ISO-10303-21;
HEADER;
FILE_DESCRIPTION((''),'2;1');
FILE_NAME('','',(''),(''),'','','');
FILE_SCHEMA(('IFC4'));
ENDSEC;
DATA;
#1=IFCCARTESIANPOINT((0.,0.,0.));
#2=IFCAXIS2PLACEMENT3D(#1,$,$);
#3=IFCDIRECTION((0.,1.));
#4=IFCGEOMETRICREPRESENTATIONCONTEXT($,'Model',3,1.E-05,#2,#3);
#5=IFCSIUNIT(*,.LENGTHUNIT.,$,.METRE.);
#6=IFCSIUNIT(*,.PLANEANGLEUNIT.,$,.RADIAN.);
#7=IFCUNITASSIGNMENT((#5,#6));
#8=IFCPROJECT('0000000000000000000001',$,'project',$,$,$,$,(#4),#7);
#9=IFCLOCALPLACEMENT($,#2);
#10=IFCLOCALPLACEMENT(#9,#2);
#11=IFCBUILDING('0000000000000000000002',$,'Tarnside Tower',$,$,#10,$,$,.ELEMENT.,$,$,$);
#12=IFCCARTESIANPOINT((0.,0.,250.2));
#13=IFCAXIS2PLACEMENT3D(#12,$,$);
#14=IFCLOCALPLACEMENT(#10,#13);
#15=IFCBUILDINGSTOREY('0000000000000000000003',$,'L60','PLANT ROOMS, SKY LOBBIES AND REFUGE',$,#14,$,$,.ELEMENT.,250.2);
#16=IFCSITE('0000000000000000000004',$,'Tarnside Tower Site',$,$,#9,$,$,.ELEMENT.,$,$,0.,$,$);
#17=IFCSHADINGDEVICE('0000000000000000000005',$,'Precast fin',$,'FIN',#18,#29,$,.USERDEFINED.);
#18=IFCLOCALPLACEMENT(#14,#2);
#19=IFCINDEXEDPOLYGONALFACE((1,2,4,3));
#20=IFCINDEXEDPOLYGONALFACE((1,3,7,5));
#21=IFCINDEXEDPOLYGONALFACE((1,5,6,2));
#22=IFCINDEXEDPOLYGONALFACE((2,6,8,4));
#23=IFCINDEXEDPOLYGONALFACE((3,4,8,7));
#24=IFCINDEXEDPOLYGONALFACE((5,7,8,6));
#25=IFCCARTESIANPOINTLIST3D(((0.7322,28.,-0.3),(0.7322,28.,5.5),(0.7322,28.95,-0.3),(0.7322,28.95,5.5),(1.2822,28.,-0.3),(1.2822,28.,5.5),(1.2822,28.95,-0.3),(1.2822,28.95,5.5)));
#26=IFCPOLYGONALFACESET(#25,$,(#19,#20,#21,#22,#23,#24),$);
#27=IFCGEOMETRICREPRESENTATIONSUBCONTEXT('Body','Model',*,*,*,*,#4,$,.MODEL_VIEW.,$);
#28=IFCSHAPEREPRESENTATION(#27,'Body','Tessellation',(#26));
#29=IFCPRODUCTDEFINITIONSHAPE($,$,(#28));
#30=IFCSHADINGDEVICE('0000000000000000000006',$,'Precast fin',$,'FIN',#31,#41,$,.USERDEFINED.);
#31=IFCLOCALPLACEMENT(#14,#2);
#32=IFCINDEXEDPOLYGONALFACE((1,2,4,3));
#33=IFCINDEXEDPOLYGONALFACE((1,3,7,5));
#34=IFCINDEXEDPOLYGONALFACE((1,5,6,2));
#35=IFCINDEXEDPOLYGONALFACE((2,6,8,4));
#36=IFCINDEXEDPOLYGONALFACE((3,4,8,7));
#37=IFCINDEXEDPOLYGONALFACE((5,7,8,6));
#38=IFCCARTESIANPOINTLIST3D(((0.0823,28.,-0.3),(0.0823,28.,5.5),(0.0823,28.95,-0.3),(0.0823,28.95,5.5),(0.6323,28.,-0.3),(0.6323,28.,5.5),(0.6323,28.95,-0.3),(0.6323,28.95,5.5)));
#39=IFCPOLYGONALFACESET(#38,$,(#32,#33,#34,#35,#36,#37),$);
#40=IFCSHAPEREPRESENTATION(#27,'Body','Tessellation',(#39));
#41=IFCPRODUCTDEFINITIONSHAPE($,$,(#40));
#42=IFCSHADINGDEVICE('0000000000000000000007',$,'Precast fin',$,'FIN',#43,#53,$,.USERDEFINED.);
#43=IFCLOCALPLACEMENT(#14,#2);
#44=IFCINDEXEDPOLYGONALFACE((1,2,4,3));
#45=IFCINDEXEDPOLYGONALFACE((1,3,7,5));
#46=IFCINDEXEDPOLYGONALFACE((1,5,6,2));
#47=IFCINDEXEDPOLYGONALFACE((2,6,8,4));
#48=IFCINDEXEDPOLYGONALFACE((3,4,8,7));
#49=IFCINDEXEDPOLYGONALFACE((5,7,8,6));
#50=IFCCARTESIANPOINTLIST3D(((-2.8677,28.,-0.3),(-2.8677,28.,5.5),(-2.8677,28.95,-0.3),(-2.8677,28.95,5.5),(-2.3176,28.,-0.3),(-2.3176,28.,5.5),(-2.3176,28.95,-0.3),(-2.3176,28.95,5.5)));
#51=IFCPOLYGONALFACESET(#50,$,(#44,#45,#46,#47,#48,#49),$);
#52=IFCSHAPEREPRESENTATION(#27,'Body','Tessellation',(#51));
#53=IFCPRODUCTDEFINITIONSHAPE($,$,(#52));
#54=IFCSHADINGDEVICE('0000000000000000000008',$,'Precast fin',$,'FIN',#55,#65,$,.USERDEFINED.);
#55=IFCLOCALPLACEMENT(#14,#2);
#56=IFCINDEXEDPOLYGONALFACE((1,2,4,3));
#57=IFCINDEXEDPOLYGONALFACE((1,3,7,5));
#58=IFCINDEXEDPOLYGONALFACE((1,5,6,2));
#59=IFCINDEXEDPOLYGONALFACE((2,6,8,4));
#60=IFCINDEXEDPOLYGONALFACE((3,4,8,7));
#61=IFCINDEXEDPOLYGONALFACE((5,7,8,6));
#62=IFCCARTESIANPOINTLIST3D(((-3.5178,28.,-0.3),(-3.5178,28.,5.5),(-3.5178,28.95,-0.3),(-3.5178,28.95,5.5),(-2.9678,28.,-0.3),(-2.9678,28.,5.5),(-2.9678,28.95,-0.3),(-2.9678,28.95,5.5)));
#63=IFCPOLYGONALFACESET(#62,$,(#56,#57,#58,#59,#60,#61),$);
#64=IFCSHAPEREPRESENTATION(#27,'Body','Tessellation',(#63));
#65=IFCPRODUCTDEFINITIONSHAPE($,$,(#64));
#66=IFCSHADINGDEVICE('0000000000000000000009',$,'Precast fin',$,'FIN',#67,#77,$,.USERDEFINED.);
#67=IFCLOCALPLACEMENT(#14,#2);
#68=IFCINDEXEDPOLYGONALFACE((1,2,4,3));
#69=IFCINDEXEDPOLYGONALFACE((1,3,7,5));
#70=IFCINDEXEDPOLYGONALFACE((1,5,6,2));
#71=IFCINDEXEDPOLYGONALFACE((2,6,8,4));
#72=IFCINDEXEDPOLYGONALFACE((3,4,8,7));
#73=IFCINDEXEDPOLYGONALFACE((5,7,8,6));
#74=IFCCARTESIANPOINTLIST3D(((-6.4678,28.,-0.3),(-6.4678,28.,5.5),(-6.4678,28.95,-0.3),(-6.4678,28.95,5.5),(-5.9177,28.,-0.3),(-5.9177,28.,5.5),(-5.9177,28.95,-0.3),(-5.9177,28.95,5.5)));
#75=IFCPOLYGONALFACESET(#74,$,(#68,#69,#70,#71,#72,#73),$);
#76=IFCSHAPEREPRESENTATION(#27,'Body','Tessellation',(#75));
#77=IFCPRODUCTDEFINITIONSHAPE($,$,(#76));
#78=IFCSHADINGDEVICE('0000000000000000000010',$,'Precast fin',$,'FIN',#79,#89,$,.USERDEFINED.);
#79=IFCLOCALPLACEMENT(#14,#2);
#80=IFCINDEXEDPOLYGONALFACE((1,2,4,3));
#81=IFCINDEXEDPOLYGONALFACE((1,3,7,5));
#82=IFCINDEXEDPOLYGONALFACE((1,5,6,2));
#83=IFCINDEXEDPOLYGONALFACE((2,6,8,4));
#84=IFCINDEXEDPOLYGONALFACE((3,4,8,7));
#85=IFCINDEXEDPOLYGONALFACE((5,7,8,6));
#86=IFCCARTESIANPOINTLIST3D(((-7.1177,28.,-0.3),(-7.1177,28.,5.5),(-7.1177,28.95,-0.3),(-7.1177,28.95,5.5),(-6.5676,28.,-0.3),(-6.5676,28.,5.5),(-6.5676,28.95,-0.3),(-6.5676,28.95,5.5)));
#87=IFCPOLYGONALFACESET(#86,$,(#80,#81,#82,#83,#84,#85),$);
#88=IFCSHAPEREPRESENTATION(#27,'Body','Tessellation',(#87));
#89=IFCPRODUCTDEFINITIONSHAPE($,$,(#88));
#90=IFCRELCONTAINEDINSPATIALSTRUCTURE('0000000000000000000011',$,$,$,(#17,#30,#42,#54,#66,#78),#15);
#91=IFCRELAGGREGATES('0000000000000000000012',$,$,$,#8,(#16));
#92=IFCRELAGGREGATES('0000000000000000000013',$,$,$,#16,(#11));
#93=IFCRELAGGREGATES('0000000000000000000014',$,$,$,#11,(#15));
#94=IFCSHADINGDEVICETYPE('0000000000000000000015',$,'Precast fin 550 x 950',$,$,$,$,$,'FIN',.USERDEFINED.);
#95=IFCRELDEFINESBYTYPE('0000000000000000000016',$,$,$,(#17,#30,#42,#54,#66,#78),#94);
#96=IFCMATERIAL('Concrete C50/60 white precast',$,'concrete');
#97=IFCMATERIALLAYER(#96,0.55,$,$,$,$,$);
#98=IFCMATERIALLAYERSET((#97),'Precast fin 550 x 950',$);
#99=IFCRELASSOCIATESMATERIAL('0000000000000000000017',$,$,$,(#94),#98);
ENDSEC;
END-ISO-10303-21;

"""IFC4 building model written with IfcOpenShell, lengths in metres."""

from ifc_helpers import new_model, si_unit, direction, frame, origin, place, context, subcontext, project, spatial, polyline, outline, extrude, material, layer, layer_set, type_object, element, save


model = new_model("IFC4")

# Units and contexts
model_context = context("Model", 3, precision=1e-05, world=origin(), true_north=direction((0.0, 1.0)))
body_context = subcontext(model_context, "Body", "Model", "MODEL_VIEW")
ifc_project = project(units=[si_unit("LENGTHUNIT", "METRE"), si_unit("PLANEANGLEUNIT", "RADIAN")], contexts=[model_context])

# Site, building, storey
site_placement = place(None, origin())
site = spatial("IfcSite", under=ifc_project, at=site_placement, Name="Tarnside Tower Site", CompositionType="ELEMENT", RefElevation=0.0)
building_placement = place(site_placement, origin())
building = spatial("IfcBuilding", under=site, at=building_placement, Name="Tarnside Tower", CompositionType="ELEMENT")
storey_placement = place(building_placement, frame((0.0, 0.0, 250.2)))
storey = spatial("IfcBuildingStorey", under=building, at=storey_placement, Name="L60", Description="PLANT ROOMS, SKY LOBBIES AND REFUGE", CompositionType="ELEMENT", Elevation=250.2)

# Shading devices
ifc_material_1 = material(Name="Concrete C50/60 white precast", Category="concrete")
ifc_layer_1 = layer(ifc_material_1, 0.55)
ifc_layer_set_1 = layer_set([ifc_layer_1], Name="Precast fin 550 x 950")
shading_device_type = type_object("IfcShadingDeviceType", Name="Precast fin 550 x 950", ElementType="FIN", PredefinedType="USERDEFINED", material=ifc_layer_set_1)
for number, where, z_axis, x_axis, name in (
    (1, (1.0071, 28.0, -0.3), (1.0, 0.0, 0.0), (0.0, 1.0, 0.0), "Precast fin"),
    (2, (0.3572, 28.0, -0.3), (1.0, 0.0, 0.0), (0.0, 1.0, 0.0), "Precast fin"),
    (3, (-2.5928, 28.0, -0.3), (1.0, 0.0, 0.0), (0.0, 1.0, 0.0), "Precast fin"),
    (4, (-3.2429, 28.0, -0.3), (1.0, 0.0, 0.0), (0.0, 1.0, 0.0), "Precast fin"),
    (5, (-6.1929, 28.0, -0.3), (1.0, 0.0, 0.0), (0.0, 1.0, 0.0), "Precast fin"),
    (6, (-6.8428, 28.0, -0.3), (1.0, 0.0, 0.0), (0.0, 1.0, 0.0), "Precast fin"),
):
    element("IfcShadingDevice", number, at=place(storey_placement, frame(where, z_axis=z_axis, x_axis=x_axis)), inside=storey, type_object=shading_device_type, Name=name, ObjectType="FIN", PredefinedType="USERDEFINED", context=body_context, shape_type="SweptSolid", body=[
        extrude(outline(polyline([(0.0, 0.0), (0.95, 0.0), (0.95, 5.8), (0.0, 5.8), (0.0, 0.0)])), frame((0.0, 0.0, -0.2749)), (0.0, 0.0, 1.0), 0.55),
    ])

save(model, "model.ifc")
